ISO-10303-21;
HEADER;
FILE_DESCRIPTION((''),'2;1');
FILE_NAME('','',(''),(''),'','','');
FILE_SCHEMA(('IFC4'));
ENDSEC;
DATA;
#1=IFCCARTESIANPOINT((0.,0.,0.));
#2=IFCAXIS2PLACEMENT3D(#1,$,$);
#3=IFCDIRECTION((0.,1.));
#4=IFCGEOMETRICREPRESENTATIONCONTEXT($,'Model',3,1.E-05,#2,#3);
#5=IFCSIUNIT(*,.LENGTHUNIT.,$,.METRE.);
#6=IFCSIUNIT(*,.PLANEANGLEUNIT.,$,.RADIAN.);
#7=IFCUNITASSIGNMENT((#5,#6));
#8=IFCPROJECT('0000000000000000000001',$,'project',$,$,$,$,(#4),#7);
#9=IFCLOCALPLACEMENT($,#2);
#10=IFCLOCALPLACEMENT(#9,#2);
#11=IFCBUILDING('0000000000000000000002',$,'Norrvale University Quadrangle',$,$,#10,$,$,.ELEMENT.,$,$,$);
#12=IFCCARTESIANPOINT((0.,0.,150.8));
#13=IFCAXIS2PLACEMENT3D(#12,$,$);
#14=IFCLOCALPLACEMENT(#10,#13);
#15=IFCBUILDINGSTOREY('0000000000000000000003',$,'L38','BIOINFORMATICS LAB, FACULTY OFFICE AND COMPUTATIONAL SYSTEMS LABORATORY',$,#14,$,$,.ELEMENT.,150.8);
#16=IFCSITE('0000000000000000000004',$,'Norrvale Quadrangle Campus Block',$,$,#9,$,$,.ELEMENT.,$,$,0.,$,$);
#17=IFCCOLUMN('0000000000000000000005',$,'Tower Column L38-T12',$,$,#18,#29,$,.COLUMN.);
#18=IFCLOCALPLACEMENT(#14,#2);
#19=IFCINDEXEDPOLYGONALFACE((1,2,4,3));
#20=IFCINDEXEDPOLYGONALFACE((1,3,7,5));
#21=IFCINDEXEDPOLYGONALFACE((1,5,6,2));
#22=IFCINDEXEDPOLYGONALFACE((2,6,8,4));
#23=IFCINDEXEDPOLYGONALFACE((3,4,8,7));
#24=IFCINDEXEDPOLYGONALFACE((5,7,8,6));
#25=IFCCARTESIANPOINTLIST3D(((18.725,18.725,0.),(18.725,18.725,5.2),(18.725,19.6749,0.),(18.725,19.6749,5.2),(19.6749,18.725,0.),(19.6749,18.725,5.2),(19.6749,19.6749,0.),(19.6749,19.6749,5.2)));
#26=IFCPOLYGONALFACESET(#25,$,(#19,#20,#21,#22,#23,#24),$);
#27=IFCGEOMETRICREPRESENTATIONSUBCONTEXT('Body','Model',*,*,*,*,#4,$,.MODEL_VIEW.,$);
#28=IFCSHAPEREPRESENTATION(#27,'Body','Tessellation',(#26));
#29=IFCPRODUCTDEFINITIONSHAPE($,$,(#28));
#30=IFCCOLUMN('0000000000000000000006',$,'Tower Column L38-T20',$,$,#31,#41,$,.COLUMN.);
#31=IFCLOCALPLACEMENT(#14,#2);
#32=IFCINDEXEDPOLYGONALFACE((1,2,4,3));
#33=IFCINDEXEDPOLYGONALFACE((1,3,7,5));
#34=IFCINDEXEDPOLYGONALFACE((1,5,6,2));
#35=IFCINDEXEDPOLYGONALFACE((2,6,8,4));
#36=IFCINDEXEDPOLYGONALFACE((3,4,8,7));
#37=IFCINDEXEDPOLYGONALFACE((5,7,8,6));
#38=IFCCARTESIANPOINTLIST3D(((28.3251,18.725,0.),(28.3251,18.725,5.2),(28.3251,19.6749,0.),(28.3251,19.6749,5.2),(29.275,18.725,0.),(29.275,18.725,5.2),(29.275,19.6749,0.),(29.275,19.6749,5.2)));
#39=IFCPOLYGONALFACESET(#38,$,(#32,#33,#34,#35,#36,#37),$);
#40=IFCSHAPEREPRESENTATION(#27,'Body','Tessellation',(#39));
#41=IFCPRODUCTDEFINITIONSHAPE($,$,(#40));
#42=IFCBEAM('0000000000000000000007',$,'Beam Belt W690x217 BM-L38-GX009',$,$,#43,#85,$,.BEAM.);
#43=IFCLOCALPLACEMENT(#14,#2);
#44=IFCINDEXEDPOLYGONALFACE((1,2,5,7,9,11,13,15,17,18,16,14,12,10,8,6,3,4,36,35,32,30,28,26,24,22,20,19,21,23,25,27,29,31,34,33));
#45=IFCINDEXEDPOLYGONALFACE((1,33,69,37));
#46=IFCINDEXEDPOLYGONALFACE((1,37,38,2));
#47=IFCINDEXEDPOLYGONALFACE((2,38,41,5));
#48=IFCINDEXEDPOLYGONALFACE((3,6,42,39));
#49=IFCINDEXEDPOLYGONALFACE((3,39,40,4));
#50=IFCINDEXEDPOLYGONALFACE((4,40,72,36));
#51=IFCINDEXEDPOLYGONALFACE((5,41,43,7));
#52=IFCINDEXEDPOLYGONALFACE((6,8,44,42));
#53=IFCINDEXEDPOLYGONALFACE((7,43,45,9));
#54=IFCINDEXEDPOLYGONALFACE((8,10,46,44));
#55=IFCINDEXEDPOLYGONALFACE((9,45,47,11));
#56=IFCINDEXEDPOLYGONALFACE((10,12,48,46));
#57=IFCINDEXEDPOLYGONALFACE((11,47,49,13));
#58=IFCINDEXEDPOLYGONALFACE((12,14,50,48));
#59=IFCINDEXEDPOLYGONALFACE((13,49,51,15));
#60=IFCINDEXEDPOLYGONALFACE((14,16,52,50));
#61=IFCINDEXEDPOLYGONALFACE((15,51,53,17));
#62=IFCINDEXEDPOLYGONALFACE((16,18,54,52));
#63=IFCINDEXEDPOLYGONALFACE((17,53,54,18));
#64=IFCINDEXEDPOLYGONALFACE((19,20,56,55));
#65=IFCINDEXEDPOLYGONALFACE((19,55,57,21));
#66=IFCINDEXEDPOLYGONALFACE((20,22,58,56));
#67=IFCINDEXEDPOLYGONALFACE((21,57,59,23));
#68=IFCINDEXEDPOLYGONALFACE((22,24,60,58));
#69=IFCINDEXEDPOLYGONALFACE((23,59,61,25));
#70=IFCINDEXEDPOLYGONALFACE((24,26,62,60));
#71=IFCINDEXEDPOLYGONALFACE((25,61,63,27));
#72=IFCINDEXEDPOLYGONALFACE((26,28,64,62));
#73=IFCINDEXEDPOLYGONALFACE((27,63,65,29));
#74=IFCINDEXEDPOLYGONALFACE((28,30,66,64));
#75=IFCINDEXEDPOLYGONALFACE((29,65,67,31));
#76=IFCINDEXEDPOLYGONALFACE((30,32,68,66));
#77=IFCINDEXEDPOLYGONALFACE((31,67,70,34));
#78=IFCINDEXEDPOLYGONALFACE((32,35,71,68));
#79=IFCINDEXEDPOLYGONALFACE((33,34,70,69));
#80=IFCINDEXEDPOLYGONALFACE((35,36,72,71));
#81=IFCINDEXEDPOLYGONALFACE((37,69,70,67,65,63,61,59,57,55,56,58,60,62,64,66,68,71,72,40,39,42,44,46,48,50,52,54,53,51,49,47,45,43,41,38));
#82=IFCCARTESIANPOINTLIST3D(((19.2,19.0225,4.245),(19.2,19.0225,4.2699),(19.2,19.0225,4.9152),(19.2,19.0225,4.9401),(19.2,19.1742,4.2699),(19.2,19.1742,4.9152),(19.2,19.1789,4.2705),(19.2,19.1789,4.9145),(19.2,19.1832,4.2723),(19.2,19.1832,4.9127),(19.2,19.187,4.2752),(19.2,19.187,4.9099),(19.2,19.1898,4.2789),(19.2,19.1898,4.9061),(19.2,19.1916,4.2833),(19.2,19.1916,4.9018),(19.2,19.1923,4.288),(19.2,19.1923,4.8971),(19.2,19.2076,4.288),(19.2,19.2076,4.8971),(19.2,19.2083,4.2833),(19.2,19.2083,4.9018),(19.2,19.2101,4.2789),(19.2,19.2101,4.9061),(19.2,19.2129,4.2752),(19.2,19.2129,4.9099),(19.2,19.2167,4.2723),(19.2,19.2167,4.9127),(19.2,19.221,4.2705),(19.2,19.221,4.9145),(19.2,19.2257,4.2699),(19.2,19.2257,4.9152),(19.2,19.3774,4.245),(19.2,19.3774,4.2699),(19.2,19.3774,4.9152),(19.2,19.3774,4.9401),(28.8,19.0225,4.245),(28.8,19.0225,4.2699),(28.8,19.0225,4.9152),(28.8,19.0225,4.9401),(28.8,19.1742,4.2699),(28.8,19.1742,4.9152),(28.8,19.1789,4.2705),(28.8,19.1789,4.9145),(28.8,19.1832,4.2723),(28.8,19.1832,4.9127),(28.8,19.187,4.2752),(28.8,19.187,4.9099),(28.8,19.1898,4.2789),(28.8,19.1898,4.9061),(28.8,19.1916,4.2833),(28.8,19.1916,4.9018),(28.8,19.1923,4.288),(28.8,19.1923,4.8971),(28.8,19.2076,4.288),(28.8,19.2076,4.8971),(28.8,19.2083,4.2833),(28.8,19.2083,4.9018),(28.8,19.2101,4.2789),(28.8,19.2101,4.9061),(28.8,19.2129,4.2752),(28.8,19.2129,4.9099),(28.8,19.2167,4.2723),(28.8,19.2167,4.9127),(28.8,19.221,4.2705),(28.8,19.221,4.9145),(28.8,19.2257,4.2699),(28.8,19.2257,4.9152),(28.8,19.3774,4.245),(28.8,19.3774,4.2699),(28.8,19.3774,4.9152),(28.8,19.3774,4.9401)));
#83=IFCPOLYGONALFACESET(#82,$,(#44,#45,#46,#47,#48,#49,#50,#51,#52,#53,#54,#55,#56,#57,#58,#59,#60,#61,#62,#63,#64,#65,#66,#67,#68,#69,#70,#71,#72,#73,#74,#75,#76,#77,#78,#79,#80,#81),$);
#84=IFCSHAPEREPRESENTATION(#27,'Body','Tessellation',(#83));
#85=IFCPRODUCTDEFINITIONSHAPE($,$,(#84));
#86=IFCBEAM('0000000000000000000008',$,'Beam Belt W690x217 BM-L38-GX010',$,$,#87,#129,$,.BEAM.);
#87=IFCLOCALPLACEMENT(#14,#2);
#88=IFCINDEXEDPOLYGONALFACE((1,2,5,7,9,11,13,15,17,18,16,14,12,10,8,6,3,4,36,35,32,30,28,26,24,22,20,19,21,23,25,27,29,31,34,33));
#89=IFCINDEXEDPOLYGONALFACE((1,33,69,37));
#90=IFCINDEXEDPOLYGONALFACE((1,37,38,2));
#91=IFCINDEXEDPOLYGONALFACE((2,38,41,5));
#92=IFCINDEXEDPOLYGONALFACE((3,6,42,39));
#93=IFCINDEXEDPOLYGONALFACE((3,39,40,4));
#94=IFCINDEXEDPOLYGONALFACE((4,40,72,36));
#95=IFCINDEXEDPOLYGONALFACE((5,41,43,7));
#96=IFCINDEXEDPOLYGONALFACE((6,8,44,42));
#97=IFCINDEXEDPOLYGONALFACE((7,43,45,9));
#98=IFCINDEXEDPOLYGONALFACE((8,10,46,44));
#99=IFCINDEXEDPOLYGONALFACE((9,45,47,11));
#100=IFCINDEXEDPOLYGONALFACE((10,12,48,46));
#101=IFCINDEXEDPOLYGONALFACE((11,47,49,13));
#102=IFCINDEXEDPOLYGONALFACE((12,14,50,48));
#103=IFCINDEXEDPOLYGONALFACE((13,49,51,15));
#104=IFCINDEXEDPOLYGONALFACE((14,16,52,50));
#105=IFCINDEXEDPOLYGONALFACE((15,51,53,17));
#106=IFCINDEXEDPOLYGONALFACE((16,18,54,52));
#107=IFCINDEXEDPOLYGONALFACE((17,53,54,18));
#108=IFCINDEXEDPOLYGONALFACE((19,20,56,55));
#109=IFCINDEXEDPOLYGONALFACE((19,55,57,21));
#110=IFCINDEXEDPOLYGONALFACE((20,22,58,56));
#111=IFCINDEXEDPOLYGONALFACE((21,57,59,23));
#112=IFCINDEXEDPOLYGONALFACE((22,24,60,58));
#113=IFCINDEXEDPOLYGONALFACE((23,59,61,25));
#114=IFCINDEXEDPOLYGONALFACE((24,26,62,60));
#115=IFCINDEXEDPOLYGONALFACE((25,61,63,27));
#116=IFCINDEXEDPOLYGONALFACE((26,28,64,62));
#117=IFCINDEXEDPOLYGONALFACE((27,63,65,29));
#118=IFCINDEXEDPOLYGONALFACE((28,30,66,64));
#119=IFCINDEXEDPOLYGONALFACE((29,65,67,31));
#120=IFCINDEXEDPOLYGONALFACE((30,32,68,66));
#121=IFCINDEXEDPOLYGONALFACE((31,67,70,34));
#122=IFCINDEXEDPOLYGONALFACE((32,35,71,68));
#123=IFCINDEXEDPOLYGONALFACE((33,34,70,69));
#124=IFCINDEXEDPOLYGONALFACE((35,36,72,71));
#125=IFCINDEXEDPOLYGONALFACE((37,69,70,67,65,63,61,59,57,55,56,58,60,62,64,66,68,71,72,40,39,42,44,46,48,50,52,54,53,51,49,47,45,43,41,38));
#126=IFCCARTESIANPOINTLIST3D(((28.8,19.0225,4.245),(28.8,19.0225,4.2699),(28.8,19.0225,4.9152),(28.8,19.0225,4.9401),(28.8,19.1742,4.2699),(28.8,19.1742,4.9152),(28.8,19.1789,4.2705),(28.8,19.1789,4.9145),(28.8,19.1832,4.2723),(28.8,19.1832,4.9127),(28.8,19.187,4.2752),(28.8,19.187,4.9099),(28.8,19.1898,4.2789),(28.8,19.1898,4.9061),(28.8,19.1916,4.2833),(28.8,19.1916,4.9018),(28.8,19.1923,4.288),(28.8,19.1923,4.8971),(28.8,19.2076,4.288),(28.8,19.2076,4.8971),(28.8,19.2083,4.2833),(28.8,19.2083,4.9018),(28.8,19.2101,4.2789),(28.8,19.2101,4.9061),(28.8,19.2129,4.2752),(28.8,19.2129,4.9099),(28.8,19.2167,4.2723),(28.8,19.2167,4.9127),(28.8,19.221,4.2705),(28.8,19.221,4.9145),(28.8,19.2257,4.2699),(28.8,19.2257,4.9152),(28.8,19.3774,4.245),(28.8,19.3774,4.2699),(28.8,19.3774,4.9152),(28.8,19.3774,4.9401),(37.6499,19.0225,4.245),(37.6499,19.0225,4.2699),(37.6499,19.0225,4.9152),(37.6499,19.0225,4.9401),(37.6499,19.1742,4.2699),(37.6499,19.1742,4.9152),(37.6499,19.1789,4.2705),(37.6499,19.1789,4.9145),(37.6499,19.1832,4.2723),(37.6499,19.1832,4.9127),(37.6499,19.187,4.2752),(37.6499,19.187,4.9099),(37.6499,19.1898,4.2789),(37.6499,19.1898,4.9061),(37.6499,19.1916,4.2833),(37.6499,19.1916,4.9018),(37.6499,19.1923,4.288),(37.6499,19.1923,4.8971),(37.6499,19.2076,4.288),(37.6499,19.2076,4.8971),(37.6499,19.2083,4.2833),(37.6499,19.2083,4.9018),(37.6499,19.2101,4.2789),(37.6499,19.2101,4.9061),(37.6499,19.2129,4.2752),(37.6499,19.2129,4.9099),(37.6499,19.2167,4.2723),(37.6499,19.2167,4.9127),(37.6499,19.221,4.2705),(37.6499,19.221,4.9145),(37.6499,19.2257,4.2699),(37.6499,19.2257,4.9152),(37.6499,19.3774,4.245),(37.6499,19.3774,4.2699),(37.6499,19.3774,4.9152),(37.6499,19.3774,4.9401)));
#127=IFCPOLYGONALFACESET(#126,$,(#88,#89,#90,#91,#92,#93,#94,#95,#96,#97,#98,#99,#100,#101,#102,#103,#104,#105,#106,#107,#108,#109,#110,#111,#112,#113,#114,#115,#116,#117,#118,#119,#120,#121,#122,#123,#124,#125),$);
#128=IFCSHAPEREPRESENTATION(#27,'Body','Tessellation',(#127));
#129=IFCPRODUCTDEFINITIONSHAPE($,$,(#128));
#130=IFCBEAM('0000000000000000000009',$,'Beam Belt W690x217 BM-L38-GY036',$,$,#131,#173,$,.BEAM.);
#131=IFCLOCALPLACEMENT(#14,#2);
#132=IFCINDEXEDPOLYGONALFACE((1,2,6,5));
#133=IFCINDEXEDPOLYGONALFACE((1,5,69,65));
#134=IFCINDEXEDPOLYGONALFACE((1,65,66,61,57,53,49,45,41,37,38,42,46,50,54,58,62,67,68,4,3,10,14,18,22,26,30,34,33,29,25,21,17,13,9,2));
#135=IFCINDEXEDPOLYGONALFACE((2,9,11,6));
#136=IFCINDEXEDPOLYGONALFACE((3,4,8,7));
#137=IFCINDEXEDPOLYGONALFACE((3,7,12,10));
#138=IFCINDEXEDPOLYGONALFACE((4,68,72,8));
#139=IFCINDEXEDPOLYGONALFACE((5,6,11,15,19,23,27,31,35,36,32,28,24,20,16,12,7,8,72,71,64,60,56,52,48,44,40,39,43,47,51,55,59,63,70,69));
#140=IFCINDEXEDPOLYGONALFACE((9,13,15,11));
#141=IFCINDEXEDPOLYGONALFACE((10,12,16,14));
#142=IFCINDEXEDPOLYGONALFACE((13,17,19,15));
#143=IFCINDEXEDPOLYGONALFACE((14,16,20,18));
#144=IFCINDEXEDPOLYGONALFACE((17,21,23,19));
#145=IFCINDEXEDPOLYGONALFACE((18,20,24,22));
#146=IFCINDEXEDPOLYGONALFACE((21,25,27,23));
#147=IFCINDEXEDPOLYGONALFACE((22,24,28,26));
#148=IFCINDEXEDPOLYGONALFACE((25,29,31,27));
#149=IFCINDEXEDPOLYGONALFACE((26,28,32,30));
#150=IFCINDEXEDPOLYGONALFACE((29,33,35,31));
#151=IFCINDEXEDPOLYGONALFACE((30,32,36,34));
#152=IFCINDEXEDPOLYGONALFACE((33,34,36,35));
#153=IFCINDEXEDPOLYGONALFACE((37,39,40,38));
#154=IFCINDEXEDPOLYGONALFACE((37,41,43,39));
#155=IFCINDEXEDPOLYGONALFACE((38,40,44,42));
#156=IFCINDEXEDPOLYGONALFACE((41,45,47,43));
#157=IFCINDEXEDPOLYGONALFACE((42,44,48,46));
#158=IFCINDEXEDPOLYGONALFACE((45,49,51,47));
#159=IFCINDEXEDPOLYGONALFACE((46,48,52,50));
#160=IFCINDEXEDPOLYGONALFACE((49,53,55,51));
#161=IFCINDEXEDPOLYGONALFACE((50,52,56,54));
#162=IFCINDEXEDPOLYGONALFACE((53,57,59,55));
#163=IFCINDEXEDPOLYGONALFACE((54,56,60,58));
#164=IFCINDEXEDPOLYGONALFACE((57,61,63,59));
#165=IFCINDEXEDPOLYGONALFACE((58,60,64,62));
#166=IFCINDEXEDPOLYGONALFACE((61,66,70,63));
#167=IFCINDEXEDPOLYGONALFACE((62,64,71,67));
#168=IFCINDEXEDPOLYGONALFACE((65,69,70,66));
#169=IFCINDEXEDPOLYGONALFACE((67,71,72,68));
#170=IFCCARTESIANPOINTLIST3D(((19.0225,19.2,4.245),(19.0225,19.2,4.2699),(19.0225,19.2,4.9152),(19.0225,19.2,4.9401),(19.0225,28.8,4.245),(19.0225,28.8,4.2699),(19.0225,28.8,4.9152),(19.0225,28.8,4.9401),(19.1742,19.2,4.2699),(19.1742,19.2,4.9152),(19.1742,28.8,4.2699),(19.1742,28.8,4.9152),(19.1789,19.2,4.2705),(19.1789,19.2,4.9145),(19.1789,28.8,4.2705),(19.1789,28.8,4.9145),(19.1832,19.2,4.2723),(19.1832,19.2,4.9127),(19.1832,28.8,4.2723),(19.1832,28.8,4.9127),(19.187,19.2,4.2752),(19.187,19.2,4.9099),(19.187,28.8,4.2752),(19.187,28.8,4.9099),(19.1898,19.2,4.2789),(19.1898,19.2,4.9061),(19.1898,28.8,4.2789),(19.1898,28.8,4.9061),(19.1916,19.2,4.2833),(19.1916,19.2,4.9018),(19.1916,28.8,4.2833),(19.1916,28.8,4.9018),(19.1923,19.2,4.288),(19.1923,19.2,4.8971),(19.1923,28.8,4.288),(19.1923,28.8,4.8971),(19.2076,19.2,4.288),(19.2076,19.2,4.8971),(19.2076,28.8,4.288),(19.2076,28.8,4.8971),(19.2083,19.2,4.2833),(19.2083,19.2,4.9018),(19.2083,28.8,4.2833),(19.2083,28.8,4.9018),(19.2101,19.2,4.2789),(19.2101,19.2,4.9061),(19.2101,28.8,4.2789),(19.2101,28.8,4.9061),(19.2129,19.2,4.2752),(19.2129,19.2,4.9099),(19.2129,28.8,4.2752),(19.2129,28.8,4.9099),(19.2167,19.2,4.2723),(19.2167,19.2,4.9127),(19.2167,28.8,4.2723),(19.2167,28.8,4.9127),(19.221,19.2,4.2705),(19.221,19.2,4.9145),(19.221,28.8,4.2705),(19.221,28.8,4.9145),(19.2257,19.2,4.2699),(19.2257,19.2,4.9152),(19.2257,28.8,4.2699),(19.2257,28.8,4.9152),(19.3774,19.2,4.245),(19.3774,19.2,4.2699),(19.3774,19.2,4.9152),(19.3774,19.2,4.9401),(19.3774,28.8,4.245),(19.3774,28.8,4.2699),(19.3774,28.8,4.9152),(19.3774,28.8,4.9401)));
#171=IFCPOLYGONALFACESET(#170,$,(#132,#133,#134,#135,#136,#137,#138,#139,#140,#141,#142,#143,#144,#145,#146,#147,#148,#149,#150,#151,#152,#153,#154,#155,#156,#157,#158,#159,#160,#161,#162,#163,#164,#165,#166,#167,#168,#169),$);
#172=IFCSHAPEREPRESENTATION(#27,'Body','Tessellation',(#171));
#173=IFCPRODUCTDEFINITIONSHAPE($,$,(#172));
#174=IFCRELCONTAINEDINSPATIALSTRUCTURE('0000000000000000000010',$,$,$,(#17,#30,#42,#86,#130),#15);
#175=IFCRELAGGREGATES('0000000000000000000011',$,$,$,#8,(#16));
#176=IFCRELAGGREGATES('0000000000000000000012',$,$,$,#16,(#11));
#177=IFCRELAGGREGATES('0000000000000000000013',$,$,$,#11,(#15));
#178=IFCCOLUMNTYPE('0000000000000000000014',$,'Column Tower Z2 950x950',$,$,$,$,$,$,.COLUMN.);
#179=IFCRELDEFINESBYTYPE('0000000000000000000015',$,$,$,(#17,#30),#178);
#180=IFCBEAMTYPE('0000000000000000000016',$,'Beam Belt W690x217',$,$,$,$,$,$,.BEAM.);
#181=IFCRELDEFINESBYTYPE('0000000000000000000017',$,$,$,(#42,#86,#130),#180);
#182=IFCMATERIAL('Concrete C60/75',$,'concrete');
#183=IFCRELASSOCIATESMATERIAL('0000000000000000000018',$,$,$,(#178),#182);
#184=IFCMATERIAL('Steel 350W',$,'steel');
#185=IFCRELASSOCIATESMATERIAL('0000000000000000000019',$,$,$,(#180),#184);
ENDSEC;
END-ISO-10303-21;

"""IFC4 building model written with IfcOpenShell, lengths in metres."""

from ifc_helpers import new_model, si_unit, direction, frame, origin, origin_2d, place, context, subcontext, project, spatial, rectangle, i_section, extrude, material, material_profile, profile_set, type_object, element, save


model = new_model("IFC4")

# Units and contexts
model_context = context("Model", 3, precision=1e-05, world=origin(), true_north=direction((0.0, 1.0)))
body_context = subcontext(model_context, "Body", "Model", "MODEL_VIEW")
ifc_project = project(units=[si_unit("LENGTHUNIT", "METRE"), si_unit("PLANEANGLEUNIT", "RADIAN")], contexts=[model_context])

# Site, building, storey
site_placement = place(None, origin())
site = spatial("IfcSite", under=ifc_project, at=site_placement, Name="Norrvale Quadrangle Campus Block", CompositionType="ELEMENT", RefElevation=0.0)
building_placement = place(site_placement, origin())
building = spatial("IfcBuilding", under=site, at=building_placement, Name="Norrvale University Quadrangle", CompositionType="ELEMENT")
storey_placement = place(building_placement, frame((0.0, 0.0, 150.8)))
storey = spatial("IfcBuildingStorey", under=building, at=storey_placement, Name="L38", Description="BIOINFORMATICS LAB, FACULTY OFFICE AND COMPUTATIONAL SYSTEMS LABORATORY", CompositionType="ELEMENT", Elevation=150.8)

# Columns
ifc_material_1 = material(Name="Concrete C60/75", Category="concrete")
ifc_material_profile_1 = material_profile(ifc_material_1, rectangle(XDim=0.95, YDim=0.95, at=origin_2d()), Name="Concrete C60/75")
ifc_profile_set_1 = profile_set([ifc_material_profile_1], Name="Concrete C60/75")
column_type = type_object("IfcColumnType", Name="Column Tower Z2 950x950", PredefinedType="COLUMN", material=ifc_profile_set_1)
for number, where, z_axis, x_axis, name in (
    (1, (19.2, 19.2, 0.0), (0.0, 0.0, 1.0), (1.0, 0.0, 0.0), "Tower Column L38-T12"),
    (2, (28.8, 19.2, 0.0), (0.0, 0.0, 1.0), (1.0, 0.0, 0.0), "Tower Column L38-T20"),
):
    element("IfcColumn", number, at=place(storey_placement, frame(where, z_axis=z_axis, x_axis=x_axis)), inside=storey, type_object=column_type, Name=name, PredefinedType="COLUMN", context=body_context, shape_type="SweptSolid", body=[
        extrude(rectangle(XDim=0.95, YDim=0.95, at=origin_2d()), origin(), (0.0, 0.0, 1.0), 5.2),
    ])

# Beams
ifc_material_2 = material(Name="Steel 350W", Category="steel")
ifc_material_profile_2 = material_profile(ifc_material_2, i_section(OverallWidth=0.355, OverallDepth=0.6951, WebThickness=0.0154, FlangeThickness=0.0249, FilletRadius=0.0181, at=origin_2d()), Name="Steel 350W")
ifc_profile_set_2 = profile_set([ifc_material_profile_2], Name="Steel 350W")
beam_type_1 = type_object("IfcBeamType", Name="Beam Belt W690x217", PredefinedType="BEAM", material=ifc_profile_set_2)
beam_1_placement = place(storey_placement, frame((19.2, 19.2, 4.5925), z_axis=(1.0, 0.0, 0.0), x_axis=(0.0, 1.0, 0.0)))
element("IfcBeam", 3, at=beam_1_placement, inside=storey, type_object=beam_type_1, Name="Beam Belt W690x217 BM-L38-GX009", PredefinedType="BEAM", context=body_context, shape_type="SweptSolid", body=[
    extrude(i_section(OverallWidth=0.355, OverallDepth=0.6951, WebThickness=0.0154, FlangeThickness=0.0249, FilletRadius=0.0181, at=origin_2d()), origin(), (0.0, 0.0, 1.0), 9.6001),
])
beam_2_placement = place(storey_placement, frame((28.8, 19.2, 4.5925), z_axis=(1.0, 0.0, 0.0), x_axis=(0.0, 1.0, 0.0)))
element("IfcBeam", 4, at=beam_2_placement, inside=storey, type_object=beam_type_1, Name="Beam Belt W690x217 BM-L38-GX010", PredefinedType="BEAM", context=body_context, shape_type="SweptSolid", body=[
    extrude(i_section(OverallWidth=0.355, OverallDepth=0.6951, WebThickness=0.0154, FlangeThickness=0.0249, FilletRadius=0.0181, at=origin_2d()), origin(), (0.0, 0.0, 1.0), 8.8499),
])
for number, where, z_axis, x_axis, name in (
    (5, (19.2, 19.2, 4.5925), (0.0, 1.0, 0.0), (-1.0, 0.0, 0.0), "Beam Belt W690x217 BM-L38-GY036"),
):
    element("IfcBeam", number, at=place(storey_placement, frame(where, z_axis=z_axis, x_axis=x_axis)), inside=storey, type_object=beam_type_1, Name=name, PredefinedType="BEAM", context=body_context, shape_type="SweptSolid", body=[
        extrude(i_section(OverallWidth=0.355, OverallDepth=0.6951, WebThickness=0.0154, FlangeThickness=0.0249, FilletRadius=0.0181, at=origin_2d()), origin(), (0.0, 0.0, 1.0), 9.6001),
    ])

save(model, "model.ifc")
